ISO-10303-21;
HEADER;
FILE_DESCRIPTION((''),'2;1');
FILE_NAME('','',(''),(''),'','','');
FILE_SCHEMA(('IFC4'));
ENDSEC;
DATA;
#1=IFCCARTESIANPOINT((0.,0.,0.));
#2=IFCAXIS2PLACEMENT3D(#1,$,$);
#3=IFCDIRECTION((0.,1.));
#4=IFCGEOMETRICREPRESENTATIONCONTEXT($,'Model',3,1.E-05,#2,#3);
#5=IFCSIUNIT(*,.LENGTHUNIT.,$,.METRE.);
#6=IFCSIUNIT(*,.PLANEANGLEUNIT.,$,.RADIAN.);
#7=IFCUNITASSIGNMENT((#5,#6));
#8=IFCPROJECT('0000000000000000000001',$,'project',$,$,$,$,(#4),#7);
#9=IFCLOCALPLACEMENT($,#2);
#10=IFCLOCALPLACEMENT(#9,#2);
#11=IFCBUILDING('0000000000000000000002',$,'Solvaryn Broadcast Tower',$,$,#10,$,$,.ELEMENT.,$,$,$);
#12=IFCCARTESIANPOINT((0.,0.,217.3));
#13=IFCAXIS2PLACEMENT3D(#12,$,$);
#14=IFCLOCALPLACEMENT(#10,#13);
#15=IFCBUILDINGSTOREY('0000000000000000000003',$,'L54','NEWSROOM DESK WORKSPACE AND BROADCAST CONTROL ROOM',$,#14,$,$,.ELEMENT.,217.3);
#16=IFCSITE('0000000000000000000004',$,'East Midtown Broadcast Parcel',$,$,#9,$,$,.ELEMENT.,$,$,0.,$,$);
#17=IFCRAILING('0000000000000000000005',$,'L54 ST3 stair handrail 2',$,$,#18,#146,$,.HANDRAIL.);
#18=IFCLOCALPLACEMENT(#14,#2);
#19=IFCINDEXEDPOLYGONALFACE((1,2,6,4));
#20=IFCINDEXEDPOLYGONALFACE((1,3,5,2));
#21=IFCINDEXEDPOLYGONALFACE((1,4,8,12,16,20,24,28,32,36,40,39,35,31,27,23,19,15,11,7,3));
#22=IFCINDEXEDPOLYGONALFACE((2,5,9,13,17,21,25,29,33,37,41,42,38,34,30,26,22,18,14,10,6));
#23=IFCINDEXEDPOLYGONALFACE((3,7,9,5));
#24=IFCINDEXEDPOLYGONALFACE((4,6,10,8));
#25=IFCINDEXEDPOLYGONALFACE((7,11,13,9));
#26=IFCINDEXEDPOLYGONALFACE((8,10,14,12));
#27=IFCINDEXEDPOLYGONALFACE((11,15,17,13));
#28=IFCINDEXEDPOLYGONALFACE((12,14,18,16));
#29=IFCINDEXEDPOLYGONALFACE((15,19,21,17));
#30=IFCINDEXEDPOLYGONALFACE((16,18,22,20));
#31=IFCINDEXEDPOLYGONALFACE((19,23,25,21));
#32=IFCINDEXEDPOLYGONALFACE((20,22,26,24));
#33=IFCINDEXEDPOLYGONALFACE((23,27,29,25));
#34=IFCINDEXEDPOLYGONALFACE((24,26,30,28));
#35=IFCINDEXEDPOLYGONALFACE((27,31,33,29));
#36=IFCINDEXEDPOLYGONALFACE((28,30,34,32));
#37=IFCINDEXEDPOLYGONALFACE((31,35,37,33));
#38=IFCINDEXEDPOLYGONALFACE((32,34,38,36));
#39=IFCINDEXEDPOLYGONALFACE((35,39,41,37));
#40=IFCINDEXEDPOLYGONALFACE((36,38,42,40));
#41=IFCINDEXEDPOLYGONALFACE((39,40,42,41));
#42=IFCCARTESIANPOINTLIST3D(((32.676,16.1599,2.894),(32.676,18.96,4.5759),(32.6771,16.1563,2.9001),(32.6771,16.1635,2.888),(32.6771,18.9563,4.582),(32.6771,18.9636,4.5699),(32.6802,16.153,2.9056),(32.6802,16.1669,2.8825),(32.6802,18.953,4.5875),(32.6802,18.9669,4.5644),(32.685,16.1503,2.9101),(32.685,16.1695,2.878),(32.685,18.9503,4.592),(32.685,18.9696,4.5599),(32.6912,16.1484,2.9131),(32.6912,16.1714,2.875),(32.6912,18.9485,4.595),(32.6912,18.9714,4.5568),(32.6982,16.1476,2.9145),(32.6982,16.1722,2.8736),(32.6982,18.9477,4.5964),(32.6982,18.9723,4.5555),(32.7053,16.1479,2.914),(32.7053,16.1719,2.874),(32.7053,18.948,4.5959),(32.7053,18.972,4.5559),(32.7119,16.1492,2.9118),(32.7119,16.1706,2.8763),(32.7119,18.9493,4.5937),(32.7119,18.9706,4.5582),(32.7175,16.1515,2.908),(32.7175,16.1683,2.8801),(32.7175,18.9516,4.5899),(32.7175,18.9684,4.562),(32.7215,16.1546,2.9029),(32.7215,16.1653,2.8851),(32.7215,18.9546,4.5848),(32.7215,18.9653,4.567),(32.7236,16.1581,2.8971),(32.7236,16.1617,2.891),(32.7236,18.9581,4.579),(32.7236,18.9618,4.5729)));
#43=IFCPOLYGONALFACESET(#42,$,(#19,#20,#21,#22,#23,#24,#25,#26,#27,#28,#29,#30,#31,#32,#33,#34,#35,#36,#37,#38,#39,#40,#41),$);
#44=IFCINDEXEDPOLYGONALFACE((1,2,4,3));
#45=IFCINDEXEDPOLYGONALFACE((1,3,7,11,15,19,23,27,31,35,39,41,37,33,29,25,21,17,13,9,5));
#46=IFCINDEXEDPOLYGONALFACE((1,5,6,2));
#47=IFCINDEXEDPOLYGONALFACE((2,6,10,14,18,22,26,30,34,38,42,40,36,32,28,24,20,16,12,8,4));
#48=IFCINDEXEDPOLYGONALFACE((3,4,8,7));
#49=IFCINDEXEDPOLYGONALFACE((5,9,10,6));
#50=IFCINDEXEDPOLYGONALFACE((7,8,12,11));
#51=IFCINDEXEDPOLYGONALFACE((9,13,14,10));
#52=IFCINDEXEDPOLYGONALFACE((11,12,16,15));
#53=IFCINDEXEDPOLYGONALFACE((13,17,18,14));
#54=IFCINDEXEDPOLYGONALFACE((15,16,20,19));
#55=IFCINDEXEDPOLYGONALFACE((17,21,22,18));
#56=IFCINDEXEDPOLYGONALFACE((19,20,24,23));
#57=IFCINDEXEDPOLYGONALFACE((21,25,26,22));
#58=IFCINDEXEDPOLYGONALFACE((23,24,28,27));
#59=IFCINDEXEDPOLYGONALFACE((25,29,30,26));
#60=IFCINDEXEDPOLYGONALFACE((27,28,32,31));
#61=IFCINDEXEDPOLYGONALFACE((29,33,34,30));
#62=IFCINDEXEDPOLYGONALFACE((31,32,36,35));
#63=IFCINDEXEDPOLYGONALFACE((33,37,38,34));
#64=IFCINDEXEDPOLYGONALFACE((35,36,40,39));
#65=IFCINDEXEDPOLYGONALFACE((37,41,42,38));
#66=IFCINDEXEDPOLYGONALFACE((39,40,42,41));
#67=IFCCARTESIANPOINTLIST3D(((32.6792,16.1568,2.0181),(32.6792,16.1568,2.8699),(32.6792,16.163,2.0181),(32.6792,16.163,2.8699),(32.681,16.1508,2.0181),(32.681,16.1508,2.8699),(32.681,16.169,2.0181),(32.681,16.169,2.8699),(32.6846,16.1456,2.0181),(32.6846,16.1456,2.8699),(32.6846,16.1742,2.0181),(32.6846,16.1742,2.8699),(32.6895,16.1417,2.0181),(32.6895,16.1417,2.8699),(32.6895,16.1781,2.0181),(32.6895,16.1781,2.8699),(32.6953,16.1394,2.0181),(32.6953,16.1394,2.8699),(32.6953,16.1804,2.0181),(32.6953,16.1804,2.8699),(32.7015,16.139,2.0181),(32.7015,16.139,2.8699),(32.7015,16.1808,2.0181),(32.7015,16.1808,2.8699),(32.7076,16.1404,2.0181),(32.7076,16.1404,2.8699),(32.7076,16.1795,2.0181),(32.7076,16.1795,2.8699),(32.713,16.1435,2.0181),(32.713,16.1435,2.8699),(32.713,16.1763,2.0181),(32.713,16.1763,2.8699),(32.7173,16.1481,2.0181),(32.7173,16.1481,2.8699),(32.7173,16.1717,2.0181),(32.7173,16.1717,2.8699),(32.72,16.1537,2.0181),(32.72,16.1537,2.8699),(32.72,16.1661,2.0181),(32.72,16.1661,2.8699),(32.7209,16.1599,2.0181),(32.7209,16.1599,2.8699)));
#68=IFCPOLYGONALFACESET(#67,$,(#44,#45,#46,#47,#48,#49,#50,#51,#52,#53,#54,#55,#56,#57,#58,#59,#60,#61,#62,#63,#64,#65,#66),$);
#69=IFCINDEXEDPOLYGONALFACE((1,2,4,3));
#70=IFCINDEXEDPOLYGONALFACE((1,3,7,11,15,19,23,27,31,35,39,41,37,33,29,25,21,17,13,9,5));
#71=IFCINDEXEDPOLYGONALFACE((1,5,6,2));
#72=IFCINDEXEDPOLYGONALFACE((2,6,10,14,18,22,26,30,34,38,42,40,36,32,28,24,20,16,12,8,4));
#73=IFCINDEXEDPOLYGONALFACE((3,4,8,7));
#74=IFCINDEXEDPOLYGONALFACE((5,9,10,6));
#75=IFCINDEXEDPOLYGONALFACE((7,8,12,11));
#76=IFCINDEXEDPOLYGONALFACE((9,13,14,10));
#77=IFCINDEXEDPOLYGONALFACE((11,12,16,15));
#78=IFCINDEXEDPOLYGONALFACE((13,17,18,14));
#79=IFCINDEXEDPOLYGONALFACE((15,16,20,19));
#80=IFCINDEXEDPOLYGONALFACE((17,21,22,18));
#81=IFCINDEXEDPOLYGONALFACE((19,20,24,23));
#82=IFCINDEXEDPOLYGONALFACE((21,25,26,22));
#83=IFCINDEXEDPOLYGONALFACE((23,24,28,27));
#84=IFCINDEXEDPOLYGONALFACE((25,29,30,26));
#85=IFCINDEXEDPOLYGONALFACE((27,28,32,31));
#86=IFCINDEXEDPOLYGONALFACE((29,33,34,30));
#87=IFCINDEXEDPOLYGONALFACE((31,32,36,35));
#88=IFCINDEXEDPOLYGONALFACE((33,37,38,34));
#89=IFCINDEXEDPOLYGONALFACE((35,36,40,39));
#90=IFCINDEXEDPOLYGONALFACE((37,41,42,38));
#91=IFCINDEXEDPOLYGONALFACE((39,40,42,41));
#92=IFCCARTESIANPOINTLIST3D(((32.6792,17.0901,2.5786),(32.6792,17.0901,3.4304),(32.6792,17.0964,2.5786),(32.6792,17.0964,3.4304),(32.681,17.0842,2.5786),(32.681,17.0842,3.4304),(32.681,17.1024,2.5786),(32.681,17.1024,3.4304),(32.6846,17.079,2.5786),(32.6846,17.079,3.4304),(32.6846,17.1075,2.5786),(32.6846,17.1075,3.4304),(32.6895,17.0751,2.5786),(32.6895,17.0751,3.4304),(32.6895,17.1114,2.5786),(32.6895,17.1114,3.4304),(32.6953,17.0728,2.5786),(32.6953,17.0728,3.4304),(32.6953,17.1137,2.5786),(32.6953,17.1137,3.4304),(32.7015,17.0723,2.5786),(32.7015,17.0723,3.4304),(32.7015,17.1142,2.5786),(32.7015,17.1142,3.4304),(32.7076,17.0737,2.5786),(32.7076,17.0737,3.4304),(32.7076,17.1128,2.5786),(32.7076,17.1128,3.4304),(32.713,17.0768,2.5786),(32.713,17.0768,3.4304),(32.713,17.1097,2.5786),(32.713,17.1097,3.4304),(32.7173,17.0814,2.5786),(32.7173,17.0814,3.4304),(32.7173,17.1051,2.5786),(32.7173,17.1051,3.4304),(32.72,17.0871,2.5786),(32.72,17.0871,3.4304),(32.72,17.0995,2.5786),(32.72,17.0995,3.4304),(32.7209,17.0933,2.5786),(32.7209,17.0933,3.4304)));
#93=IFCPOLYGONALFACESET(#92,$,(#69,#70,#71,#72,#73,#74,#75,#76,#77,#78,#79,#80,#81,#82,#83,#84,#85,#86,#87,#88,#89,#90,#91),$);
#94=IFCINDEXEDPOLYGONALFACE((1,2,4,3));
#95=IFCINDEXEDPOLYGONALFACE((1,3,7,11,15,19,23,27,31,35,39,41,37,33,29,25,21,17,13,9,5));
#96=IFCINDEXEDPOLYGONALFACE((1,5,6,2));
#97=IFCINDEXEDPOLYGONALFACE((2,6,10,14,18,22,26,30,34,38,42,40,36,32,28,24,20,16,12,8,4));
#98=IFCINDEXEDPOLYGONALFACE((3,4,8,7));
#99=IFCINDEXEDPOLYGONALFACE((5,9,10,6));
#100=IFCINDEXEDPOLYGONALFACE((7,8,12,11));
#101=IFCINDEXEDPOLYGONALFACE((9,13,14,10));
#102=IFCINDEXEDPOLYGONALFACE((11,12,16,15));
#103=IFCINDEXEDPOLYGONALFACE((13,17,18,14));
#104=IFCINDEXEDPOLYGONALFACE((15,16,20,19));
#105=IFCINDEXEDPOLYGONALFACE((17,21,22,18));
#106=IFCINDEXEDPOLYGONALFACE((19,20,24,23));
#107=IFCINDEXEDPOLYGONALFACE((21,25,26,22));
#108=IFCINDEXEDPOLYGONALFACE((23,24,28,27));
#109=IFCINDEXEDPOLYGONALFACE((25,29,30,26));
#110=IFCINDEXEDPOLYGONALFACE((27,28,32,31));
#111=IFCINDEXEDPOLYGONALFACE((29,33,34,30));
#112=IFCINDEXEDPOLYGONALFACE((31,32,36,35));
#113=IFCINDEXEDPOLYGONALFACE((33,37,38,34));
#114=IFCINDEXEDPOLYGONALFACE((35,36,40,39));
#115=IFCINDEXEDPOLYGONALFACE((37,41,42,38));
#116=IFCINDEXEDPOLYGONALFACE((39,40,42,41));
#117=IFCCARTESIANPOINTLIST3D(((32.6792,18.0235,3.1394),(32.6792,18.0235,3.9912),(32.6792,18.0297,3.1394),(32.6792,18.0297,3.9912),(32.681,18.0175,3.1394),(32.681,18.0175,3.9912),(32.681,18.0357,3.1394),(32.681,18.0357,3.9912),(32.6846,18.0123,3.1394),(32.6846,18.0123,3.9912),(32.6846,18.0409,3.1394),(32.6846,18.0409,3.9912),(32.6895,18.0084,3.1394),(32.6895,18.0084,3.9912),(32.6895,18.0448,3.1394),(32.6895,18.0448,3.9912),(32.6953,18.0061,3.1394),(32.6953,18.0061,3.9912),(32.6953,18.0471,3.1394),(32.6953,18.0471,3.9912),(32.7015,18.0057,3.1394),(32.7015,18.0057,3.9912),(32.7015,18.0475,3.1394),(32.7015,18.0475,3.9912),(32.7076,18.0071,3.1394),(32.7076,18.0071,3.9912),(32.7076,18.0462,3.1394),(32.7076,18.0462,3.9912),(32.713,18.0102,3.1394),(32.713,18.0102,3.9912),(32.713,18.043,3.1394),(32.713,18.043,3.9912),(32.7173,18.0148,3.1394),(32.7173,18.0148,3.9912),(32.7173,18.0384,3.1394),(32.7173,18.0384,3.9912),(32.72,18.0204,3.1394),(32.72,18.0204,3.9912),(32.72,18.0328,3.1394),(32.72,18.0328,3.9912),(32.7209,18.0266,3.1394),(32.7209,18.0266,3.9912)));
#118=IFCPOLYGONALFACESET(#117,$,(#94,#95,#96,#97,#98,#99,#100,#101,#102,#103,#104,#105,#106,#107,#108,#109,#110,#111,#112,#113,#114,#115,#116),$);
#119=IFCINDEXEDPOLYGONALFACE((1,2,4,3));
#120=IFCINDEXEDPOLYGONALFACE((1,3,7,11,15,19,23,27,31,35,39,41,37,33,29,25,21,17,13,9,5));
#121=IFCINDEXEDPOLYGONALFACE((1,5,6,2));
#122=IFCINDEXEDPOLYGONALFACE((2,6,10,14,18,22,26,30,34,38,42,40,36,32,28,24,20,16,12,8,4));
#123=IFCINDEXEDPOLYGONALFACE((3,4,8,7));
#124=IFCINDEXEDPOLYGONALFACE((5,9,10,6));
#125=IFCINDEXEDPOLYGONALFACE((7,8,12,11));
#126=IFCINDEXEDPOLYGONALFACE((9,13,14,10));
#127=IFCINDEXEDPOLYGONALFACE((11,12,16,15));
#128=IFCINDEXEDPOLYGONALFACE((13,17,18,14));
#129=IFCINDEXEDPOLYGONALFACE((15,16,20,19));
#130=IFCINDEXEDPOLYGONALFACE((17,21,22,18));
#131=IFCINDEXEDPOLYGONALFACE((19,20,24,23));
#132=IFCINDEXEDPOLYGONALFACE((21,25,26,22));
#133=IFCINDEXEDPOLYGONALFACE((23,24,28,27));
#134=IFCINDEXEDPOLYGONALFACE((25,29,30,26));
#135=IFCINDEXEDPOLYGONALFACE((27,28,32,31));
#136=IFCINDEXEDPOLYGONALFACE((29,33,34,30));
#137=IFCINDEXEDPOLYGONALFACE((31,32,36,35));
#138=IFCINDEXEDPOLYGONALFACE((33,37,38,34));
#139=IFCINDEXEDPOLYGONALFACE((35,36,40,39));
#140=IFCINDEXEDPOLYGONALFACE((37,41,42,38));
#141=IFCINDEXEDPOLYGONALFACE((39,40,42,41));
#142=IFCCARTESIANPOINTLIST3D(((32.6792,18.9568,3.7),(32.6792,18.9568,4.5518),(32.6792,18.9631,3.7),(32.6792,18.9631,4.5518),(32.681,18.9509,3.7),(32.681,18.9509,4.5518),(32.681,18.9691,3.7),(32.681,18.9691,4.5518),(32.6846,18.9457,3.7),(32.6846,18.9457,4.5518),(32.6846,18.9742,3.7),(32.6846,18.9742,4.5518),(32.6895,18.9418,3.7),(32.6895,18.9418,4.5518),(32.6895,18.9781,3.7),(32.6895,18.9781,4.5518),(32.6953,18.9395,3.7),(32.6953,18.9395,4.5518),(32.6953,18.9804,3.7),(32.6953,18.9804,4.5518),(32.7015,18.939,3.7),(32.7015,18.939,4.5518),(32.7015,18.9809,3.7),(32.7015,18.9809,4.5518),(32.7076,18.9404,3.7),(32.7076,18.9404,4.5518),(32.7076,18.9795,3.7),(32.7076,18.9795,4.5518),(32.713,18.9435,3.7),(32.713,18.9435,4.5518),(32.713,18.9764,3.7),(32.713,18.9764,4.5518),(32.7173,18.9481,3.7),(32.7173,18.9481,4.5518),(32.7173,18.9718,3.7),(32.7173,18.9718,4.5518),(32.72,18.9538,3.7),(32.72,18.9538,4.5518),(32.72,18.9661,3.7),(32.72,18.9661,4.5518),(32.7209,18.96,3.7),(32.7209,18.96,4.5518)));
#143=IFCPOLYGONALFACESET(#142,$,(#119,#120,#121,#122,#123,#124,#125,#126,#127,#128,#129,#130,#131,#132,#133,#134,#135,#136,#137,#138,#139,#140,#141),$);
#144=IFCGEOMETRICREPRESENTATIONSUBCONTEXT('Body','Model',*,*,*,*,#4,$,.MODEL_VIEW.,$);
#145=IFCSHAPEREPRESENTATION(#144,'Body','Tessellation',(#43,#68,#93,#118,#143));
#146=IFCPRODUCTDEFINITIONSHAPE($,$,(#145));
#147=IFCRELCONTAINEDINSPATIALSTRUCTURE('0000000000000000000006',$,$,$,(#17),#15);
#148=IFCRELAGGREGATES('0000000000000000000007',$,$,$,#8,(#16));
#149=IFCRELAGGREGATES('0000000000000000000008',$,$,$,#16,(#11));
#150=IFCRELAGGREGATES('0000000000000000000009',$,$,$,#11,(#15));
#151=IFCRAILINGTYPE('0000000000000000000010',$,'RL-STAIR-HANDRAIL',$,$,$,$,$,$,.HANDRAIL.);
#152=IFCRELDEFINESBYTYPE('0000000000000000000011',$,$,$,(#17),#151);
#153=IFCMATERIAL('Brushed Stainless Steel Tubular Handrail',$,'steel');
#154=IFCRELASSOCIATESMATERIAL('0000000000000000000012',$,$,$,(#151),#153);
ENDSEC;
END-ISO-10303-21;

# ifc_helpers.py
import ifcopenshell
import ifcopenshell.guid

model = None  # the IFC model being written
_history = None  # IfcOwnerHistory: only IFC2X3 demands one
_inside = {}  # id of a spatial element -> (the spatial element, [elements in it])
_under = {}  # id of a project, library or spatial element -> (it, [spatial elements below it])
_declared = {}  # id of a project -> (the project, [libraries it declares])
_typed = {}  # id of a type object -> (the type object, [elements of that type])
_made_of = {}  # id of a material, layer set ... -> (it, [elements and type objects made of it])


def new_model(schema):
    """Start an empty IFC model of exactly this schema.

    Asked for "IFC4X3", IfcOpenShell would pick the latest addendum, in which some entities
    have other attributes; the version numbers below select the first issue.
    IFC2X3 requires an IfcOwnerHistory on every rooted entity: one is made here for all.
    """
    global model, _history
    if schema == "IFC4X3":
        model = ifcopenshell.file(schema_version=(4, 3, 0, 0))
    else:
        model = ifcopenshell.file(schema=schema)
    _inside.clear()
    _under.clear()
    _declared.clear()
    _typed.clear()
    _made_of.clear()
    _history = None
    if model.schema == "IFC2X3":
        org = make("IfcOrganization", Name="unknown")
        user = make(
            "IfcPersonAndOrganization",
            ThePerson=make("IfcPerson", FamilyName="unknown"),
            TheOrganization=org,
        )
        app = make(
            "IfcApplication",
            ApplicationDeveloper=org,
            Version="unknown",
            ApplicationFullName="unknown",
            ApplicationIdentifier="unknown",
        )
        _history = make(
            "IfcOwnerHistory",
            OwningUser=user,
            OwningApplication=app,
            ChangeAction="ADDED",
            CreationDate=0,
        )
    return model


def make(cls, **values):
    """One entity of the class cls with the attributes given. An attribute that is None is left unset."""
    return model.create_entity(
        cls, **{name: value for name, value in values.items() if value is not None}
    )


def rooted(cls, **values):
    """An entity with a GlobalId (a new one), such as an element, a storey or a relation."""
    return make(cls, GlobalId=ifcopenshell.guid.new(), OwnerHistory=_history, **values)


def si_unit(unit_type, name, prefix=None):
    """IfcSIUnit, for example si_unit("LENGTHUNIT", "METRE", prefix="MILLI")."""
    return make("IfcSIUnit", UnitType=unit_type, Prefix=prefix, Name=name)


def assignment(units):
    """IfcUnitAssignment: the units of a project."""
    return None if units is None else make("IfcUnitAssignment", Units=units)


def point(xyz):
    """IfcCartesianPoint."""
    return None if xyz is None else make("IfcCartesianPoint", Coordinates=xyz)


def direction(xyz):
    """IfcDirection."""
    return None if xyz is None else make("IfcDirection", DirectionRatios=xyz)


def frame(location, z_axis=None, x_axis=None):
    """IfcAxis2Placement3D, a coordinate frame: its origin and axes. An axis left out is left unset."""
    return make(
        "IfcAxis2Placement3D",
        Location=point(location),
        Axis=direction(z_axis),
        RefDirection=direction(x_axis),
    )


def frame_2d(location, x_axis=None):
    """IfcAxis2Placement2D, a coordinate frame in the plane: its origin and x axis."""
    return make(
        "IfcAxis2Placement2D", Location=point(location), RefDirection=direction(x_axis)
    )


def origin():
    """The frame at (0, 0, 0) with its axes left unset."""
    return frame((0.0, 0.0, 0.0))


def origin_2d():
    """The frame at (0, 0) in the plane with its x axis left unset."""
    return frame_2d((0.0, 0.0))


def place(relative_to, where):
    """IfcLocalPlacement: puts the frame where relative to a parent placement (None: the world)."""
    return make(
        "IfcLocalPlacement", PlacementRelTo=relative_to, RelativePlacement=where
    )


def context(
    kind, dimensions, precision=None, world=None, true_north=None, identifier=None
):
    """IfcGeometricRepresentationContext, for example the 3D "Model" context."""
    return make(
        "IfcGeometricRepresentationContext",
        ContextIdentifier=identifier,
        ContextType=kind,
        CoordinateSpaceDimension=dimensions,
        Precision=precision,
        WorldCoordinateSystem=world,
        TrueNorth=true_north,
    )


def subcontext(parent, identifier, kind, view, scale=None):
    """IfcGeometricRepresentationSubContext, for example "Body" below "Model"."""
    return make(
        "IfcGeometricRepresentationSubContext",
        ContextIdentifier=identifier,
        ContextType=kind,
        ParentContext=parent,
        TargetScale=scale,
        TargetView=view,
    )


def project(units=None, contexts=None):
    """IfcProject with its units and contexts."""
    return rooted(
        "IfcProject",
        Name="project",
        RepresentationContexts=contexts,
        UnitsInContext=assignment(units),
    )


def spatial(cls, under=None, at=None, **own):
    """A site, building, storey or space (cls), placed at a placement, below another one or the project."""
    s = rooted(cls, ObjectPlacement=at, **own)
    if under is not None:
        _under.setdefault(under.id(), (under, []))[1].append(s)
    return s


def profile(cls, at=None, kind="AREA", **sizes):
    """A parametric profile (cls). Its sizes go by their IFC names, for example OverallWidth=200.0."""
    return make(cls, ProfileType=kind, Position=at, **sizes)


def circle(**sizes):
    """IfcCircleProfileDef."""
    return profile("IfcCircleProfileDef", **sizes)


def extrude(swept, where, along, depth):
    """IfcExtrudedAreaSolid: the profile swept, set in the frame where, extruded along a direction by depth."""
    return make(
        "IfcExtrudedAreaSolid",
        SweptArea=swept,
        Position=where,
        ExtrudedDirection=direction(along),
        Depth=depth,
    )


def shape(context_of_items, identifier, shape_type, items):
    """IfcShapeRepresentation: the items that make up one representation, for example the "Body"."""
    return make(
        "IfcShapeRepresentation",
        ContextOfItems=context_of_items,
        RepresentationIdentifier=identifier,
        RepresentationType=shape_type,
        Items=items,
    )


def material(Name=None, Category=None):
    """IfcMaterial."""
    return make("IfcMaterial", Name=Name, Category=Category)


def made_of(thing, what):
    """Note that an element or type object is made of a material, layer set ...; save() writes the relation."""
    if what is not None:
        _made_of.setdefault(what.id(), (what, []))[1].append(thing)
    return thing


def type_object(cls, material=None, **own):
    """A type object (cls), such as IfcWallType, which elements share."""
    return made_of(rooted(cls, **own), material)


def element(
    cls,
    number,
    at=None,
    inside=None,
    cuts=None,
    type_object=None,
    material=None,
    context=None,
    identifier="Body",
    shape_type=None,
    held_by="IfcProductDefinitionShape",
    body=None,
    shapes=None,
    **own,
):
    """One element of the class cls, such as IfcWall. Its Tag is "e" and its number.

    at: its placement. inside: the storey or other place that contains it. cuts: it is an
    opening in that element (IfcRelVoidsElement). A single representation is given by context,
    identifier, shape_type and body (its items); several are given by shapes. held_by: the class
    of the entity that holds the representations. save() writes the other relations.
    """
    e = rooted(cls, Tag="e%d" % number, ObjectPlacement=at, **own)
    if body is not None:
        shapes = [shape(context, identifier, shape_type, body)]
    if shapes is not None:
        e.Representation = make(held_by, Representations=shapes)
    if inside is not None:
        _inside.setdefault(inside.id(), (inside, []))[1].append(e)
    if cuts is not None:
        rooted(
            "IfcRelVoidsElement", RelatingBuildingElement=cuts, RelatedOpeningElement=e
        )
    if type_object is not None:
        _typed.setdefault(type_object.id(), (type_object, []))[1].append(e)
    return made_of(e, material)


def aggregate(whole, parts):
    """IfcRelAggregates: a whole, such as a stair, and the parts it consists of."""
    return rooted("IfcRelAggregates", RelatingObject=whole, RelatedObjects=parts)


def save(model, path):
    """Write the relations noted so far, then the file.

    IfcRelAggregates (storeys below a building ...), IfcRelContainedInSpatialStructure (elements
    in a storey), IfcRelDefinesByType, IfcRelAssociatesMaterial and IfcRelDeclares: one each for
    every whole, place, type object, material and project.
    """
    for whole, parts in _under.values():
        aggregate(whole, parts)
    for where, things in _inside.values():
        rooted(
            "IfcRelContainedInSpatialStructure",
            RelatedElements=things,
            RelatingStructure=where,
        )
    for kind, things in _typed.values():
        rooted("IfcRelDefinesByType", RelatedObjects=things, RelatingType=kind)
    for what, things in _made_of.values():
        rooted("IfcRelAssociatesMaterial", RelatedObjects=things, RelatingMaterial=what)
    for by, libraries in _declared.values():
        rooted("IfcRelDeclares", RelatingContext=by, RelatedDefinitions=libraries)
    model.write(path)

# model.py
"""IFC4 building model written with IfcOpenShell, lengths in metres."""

from ifc_helpers import new_model, si_unit, direction, frame, origin, origin_2d, place, context, subcontext, project, spatial, circle, extrude, material, type_object, element, save


model = new_model("IFC4")

# Units and contexts
model_context = context("Model", 3, precision=1e-05, world=origin(), true_north=direction((0.0, 1.0)))
body_context = subcontext(model_context, "Body", "Model", "MODEL_VIEW")
ifc_project = project(units=[si_unit("LENGTHUNIT", "METRE"), si_unit("PLANEANGLEUNIT", "RADIAN")], contexts=[model_context])

# Site, building, storey
site_placement = place(None, origin())
site = spatial("IfcSite", under=ifc_project, at=site_placement, Name="East Midtown Broadcast Parcel", CompositionType="ELEMENT", RefElevation=0.0)
building_placement = place(site_placement, origin())
building = spatial("IfcBuilding", under=site, at=building_placement, Name="Solvaryn Broadcast Tower", CompositionType="ELEMENT")
storey_placement = place(building_placement, frame((0.0, 0.0, 217.3)))
storey = spatial("IfcBuildingStorey", under=building, at=storey_placement, Name="L54", Description="NEWSROOM DESK WORKSPACE AND BROADCAST CONTROL ROOM", CompositionType="ELEMENT", Elevation=217.3)

# Railing
ifc_material_1 = material(Name="Brushed Stainless Steel Tubular Handrail", Category="steel")
railing_type_1 = type_object("IfcRailingType", Name="RL-STAIR-HANDRAIL", PredefinedType="HANDRAIL", material=ifc_material_1)
railing_1_placement = place(storey_placement, frame((32.7, 16.1599, 2.0181)))
element("IfcRailing", 1, at=railing_1_placement, inside=storey, type_object=railing_type_1, Name="L54 ST3 stair handrail 2", PredefinedType="HANDRAIL", context=body_context, shape_type="SweptSolid", body=[
    extrude(circle(Radius=0.0239, at=origin_2d()), frame((0.0, 0.0, 0.876), z_axis=(0.0, 0.857242, 0.514913), x_axis=(-1.0, 0.0, 0.0)), (0.0, 0.0, 1.0), 3.2664),
    extrude(circle(Radius=0.021, at=origin_2d()), origin(), (0.0, 0.0, 1.0), 0.8518),
    extrude(circle(Radius=0.021, at=origin_2d()), frame((0.0, 0.9333, 0.5605)), (0.0, 0.0, 1.0), 0.8518),
    extrude(circle(Radius=0.021, at=origin_2d()), frame((0.0, 1.8667, 1.1213)), (0.0, 0.0, 1.0), 0.8518),
    extrude(circle(Radius=0.021, at=origin_2d()), frame((0.0, 2.8, 1.6819)), (0.0, 0.0, 1.0), 0.8518),
])

save(model, "model.ifc")
